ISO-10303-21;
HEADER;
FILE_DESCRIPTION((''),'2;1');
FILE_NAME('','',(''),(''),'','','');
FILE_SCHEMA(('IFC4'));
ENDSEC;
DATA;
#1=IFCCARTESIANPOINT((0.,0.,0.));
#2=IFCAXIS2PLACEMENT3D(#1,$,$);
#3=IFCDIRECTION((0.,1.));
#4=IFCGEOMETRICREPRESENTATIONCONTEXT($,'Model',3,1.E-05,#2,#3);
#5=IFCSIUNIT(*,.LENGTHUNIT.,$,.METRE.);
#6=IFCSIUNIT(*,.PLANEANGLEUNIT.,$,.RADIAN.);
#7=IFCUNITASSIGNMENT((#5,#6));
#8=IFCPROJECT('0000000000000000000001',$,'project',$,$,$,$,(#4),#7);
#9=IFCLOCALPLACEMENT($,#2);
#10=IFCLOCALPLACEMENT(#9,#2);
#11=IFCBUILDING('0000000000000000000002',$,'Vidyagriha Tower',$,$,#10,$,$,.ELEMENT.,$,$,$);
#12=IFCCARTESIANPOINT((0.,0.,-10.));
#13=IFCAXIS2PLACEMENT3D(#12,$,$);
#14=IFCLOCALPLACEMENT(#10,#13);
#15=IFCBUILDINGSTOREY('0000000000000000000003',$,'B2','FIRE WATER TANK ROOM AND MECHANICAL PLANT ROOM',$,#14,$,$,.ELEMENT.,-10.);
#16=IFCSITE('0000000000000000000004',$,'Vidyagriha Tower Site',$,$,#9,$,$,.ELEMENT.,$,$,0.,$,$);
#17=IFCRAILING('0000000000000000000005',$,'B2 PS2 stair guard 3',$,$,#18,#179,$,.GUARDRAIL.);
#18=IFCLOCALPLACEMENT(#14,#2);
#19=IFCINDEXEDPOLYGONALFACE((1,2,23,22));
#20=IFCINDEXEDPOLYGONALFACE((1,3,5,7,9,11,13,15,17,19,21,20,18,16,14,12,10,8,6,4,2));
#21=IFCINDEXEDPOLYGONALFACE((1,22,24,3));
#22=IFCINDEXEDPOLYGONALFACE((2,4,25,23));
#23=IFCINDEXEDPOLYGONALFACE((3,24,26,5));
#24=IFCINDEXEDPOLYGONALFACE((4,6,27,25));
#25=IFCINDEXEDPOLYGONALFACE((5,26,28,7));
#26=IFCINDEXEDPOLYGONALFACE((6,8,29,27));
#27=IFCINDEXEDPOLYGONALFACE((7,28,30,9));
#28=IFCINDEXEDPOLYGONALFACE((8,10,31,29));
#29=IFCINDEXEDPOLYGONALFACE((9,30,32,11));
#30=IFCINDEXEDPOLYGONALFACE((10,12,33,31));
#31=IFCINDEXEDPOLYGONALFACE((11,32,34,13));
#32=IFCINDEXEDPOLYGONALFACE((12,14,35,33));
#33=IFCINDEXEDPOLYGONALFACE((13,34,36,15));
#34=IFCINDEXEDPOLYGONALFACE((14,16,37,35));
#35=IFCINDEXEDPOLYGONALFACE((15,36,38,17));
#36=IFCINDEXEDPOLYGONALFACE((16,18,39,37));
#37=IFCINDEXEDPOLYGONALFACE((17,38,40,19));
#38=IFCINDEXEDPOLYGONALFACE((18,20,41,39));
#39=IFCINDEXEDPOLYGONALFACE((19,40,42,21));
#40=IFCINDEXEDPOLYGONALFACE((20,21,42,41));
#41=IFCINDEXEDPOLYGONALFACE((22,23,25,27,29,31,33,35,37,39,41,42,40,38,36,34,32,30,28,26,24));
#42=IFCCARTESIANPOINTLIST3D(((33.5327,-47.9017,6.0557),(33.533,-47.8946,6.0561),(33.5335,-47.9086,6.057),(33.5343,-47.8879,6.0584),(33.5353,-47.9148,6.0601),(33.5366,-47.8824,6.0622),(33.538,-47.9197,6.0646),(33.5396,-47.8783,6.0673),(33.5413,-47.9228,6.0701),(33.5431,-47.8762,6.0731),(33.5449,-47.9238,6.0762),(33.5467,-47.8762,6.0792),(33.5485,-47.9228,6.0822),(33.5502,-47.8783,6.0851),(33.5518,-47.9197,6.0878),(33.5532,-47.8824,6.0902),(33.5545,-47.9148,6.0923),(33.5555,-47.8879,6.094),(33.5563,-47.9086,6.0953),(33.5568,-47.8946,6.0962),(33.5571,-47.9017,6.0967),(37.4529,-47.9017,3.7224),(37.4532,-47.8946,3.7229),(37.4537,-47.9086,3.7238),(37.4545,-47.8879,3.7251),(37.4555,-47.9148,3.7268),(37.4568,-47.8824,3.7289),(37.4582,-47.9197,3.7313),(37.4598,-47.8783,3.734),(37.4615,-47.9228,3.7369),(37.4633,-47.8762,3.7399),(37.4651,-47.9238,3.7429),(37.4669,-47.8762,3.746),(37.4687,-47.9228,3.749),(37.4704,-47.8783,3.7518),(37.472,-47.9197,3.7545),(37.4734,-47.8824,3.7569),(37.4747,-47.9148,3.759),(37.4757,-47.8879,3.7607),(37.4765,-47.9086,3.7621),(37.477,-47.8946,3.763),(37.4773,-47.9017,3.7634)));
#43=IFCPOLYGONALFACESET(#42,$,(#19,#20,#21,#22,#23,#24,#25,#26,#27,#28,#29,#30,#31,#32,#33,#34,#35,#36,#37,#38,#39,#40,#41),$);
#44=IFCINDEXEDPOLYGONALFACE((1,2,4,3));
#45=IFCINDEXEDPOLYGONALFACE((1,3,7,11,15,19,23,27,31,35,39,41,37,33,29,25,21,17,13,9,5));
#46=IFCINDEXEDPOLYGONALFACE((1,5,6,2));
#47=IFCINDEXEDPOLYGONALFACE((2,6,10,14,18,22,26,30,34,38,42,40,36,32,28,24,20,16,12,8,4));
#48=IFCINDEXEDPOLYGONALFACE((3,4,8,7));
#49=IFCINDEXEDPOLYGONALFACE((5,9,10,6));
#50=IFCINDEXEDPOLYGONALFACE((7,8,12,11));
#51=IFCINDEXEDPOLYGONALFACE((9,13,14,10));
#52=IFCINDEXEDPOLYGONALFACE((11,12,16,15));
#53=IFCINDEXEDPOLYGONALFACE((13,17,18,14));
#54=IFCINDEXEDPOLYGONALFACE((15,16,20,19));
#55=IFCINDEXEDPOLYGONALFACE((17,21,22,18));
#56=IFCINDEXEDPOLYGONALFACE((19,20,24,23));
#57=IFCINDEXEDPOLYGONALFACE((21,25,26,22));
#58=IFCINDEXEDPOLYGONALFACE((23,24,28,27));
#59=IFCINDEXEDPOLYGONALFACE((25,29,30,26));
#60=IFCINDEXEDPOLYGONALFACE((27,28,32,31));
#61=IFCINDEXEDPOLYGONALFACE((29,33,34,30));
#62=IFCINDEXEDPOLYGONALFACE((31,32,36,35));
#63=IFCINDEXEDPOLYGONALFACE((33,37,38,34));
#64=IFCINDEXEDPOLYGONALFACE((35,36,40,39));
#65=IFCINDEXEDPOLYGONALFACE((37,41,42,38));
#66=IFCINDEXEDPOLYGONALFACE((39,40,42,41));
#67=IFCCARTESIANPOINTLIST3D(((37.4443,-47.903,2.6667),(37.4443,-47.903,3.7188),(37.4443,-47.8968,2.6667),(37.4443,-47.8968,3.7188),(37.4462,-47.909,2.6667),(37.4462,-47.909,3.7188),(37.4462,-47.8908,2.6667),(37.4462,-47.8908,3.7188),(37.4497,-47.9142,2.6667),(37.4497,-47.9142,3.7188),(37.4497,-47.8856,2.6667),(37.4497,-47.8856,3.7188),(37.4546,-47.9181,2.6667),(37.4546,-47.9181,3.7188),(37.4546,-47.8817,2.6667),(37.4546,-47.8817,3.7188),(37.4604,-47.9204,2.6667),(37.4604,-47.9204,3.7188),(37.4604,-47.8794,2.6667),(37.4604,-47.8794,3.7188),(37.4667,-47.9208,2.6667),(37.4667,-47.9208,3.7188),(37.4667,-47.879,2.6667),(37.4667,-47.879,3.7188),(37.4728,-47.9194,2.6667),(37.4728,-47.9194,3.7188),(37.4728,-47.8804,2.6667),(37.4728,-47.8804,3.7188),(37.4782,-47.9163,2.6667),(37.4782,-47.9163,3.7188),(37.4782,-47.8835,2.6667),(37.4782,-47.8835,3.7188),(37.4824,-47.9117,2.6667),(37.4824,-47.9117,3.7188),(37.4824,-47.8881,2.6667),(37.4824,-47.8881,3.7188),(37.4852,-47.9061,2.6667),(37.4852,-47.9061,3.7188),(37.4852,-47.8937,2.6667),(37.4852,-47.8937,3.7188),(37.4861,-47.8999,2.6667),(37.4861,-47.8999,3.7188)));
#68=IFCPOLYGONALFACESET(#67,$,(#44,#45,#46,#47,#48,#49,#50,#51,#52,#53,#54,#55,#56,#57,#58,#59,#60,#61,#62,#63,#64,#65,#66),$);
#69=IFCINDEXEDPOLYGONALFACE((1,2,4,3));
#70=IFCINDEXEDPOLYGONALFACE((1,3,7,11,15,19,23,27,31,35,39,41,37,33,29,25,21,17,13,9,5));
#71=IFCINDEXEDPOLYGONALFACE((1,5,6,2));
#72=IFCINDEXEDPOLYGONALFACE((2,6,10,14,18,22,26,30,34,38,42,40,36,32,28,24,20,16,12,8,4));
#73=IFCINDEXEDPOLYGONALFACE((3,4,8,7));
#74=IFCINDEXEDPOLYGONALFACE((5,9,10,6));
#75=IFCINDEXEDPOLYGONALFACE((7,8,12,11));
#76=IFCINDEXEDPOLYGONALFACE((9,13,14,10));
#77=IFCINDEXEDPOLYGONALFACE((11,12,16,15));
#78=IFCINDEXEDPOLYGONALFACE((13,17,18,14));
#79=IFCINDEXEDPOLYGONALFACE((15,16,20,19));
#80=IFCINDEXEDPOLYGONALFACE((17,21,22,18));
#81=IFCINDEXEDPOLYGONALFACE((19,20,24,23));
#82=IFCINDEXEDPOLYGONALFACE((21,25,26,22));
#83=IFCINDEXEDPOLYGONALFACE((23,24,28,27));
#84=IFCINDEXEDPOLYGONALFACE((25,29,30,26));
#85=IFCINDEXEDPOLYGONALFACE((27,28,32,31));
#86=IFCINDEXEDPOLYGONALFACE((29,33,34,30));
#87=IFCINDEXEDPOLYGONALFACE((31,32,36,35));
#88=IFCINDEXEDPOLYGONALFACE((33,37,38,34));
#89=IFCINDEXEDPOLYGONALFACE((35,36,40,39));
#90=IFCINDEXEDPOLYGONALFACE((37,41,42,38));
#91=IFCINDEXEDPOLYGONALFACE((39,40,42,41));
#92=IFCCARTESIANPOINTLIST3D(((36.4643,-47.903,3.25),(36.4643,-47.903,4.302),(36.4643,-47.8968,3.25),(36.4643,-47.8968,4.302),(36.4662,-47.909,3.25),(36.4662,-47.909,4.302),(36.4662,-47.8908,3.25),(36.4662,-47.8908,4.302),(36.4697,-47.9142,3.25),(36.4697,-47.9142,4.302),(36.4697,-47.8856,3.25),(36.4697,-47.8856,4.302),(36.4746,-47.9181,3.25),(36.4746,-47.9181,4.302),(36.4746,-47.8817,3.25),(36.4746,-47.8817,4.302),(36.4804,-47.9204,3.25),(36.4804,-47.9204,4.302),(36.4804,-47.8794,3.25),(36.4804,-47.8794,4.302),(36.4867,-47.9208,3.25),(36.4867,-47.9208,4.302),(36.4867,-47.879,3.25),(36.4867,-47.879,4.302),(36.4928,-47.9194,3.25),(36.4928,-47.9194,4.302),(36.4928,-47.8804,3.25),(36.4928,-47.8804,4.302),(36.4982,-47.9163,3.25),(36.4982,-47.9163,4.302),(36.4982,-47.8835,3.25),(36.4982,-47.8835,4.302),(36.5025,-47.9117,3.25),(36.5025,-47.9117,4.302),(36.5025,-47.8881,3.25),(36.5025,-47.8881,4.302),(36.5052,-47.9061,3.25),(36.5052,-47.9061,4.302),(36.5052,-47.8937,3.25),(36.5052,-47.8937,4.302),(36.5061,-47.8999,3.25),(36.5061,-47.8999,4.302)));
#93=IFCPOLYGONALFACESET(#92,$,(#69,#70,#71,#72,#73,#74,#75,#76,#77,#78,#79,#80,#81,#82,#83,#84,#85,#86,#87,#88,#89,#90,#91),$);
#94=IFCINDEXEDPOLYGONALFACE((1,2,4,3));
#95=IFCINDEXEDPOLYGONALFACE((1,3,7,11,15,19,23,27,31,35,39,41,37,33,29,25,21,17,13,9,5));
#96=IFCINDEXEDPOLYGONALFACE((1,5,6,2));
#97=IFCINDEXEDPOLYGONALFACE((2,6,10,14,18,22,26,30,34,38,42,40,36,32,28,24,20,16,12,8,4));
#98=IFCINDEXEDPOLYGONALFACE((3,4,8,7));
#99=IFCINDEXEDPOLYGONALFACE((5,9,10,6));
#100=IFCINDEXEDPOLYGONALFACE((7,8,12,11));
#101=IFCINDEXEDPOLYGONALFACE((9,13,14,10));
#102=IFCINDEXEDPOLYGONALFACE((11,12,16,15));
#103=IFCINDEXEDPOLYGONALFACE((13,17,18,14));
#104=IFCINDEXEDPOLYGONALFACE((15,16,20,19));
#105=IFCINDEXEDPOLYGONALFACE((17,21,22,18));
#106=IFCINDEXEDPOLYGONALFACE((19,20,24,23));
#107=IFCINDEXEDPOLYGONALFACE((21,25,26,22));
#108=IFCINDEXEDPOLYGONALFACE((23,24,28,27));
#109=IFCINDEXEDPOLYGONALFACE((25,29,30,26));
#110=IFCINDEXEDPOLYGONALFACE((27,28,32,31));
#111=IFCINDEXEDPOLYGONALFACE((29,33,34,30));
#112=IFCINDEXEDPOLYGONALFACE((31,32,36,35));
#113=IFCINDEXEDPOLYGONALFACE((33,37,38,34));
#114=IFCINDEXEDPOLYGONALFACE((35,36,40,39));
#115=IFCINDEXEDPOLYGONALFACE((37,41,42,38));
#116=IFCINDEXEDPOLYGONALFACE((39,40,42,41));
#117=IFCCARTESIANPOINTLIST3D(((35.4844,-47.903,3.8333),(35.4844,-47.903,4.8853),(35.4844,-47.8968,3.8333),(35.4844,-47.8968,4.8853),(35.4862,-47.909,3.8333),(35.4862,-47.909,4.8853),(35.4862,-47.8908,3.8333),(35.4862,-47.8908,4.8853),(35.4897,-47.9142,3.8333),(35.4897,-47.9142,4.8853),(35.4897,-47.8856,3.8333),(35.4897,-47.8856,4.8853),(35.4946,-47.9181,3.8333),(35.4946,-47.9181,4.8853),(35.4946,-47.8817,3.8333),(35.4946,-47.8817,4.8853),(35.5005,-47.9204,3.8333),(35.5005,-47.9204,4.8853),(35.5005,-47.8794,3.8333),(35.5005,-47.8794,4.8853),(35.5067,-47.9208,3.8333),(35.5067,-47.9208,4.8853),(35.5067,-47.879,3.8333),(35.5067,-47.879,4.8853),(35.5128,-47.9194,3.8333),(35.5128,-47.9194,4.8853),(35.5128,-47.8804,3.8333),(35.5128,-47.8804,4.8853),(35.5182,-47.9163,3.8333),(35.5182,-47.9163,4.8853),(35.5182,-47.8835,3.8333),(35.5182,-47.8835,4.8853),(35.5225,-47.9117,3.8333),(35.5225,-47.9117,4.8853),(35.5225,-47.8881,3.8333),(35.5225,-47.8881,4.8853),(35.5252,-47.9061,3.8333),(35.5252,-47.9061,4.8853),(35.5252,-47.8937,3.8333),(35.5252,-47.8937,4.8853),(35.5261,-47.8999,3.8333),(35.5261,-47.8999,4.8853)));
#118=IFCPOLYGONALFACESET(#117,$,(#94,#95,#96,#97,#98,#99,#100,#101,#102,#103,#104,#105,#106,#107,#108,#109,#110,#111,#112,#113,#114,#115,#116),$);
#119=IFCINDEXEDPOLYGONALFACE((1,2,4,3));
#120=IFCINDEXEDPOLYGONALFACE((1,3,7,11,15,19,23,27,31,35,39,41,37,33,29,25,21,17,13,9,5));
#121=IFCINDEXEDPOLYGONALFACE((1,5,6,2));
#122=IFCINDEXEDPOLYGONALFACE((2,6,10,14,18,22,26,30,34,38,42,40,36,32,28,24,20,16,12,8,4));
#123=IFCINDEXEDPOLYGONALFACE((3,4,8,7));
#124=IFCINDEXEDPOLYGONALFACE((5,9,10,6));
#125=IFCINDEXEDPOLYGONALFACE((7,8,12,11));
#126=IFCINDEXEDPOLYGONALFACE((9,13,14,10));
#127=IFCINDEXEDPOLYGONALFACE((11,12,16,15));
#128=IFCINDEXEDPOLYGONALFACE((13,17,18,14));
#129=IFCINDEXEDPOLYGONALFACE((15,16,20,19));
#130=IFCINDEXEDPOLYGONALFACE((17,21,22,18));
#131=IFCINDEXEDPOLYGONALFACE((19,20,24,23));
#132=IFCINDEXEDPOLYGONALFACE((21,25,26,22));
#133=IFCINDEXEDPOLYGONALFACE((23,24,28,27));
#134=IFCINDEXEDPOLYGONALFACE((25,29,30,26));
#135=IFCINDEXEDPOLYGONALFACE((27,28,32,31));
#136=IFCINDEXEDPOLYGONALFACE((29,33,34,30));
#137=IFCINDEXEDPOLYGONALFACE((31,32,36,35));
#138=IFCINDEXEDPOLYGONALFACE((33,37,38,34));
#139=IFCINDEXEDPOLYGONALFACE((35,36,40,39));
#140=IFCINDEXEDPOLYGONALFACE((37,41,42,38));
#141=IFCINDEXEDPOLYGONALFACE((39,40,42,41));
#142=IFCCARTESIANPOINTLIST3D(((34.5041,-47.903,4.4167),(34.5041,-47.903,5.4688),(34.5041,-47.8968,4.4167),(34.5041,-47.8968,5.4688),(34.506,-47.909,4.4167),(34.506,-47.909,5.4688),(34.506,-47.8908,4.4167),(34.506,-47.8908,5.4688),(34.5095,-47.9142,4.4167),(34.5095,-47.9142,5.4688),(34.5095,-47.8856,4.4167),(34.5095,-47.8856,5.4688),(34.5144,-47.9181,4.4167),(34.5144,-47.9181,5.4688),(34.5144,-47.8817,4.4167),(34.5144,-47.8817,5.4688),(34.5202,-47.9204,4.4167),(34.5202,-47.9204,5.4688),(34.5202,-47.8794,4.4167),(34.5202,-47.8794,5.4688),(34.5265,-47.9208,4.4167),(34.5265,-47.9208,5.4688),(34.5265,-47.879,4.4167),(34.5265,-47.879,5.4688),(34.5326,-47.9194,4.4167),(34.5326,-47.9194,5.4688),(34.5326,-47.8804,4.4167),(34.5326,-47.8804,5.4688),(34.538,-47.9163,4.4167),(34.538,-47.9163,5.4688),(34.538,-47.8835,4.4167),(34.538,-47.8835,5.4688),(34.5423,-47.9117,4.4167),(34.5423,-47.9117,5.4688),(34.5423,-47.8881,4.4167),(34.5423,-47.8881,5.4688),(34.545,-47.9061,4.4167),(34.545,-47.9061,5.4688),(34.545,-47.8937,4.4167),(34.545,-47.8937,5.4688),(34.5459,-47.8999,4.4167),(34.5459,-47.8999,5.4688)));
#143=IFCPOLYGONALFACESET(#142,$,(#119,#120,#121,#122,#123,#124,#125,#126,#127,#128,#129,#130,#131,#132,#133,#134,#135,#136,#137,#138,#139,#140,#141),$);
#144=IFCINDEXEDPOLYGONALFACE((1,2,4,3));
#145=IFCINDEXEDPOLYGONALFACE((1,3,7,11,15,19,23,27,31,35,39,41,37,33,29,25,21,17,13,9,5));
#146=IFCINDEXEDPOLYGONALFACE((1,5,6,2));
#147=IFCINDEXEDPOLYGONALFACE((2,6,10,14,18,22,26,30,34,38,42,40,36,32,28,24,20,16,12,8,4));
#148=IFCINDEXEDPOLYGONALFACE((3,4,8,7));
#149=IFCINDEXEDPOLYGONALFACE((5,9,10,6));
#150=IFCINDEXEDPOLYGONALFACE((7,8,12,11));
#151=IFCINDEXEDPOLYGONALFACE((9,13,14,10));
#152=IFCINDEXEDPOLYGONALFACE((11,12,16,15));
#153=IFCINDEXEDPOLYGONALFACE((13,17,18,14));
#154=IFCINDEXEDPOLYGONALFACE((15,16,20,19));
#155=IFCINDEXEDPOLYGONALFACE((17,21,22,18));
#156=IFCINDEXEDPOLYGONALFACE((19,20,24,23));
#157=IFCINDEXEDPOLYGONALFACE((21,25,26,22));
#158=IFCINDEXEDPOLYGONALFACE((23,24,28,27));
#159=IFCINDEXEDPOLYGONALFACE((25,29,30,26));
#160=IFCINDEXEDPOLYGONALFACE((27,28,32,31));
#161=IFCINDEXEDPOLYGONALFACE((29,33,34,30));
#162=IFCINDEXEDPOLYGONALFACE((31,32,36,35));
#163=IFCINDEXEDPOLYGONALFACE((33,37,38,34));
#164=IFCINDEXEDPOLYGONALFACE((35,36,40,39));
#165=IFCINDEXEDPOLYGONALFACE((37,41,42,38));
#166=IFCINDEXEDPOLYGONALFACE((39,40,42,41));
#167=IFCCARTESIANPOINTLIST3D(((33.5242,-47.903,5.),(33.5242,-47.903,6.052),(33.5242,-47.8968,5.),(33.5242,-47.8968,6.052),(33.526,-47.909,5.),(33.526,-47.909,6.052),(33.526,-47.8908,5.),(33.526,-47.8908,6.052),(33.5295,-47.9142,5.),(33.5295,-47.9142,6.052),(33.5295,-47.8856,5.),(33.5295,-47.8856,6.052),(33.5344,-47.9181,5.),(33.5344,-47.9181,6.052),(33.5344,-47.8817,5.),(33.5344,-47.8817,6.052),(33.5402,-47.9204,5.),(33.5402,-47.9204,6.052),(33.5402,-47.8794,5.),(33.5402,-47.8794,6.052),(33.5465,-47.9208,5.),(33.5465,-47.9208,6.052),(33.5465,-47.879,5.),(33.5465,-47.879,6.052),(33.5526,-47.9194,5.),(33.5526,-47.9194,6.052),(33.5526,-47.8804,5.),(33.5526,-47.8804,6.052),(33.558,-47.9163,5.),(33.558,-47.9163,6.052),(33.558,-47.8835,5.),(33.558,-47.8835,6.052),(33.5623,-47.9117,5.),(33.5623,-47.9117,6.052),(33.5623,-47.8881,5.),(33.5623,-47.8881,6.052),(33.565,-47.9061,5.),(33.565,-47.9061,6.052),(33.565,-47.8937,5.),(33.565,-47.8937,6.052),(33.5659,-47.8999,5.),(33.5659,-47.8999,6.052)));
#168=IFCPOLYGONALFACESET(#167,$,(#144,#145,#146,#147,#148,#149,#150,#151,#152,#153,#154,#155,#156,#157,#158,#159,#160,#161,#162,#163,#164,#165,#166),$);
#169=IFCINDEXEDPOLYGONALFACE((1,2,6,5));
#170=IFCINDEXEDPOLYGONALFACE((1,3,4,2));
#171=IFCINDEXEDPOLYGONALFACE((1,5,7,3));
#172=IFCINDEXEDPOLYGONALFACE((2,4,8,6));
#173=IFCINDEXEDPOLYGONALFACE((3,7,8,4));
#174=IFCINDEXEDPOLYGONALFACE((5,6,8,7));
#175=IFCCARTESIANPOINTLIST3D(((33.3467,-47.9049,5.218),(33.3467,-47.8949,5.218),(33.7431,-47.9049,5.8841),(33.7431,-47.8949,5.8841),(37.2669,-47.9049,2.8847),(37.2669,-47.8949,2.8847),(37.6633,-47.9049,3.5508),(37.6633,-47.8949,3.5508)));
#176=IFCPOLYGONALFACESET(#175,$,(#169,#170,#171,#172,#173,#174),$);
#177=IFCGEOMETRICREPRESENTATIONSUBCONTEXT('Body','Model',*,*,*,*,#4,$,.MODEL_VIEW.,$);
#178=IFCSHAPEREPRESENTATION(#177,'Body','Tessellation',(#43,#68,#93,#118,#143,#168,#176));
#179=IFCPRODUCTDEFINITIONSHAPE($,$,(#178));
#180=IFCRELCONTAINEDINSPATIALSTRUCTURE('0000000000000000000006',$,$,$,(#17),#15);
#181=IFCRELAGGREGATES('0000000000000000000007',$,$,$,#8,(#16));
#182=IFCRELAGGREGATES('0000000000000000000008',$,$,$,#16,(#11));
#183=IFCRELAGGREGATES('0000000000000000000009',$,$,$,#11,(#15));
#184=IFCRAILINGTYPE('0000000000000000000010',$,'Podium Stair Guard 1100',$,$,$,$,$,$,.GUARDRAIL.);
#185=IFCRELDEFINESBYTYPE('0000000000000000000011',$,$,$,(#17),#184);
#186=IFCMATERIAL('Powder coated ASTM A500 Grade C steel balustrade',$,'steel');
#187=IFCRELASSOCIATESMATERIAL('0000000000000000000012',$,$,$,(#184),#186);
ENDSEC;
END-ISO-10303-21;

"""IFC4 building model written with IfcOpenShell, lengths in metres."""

from ifc_helpers import new_model, si_unit, direction, frame, origin, origin_2d, place, context, subcontext, project, spatial, rectangle, circle, extrude, material, type_object, element, save


model = new_model("IFC4")

# Units and contexts
model_context = context("Model", 3, precision=1e-05, world=origin(), true_north=direction((0.0, 1.0)))
body_context = subcontext(model_context, "Body", "Model", "MODEL_VIEW")
ifc_project = project(units=[si_unit("LENGTHUNIT", "METRE"), si_unit("PLANEANGLEUNIT", "RADIAN")], contexts=[model_context])

# Site, building, storey
site_placement = place(None, origin())
site = spatial("IfcSite", under=ifc_project, at=site_placement, Name="Vidyagriha Tower Site", CompositionType="ELEMENT", RefElevation=0.0)
building_placement = place(site_placement, origin())
building = spatial("IfcBuilding", under=site, at=building_placement, Name="Vidyagriha Tower", CompositionType="ELEMENT")
storey_placement = place(building_placement, frame((0.0, 0.0, -10.0)))
storey = spatial("IfcBuildingStorey", under=building, at=storey_placement, Name="B2", Description="FIRE WATER TANK ROOM AND MECHANICAL PLANT ROOM", CompositionType="ELEMENT", Elevation=-10.0)

# Railing
ifc_material_1 = material(Name="Powder coated ASTM A500 Grade C steel balustrade", Category="steel")
railing_type_1 = type_object("IfcRailingType", Name="Podium Stair Guard 1100", PredefinedType="GUARDRAIL", material=ifc_material_1)
railing_1_placement = place(storey_placement, frame((37.4651, -47.8999, 2.6667)))
element("IfcRailing", 1, at=railing_1_placement, inside=storey, type_object=railing_type_1, Name="B2 PS2 stair guard 3", PredefinedType="GUARDRAIL", context=body_context, shape_type="SweptSolid", body=[
    extrude(circle(Radius=0.0239, at=origin_2d()), frame((0.0, 0.0, 1.0762), z_axis=(-0.85931, 0.0, 0.511455), x_axis=(0.0, -1.0, 0.0)), (0.0, 0.0, 1.0), 4.562),
    extrude(circle(Radius=0.021, at=origin_2d()), origin(), (0.0, 0.0, 1.0), 1.052),
    extrude(circle(Radius=0.021, at=origin_2d()), frame((-0.98, 0.0, 0.5833)), (0.0, 0.0, 1.0), 1.052),
    extrude(circle(Radius=0.021, at=origin_2d()), frame((-1.96, 0.0, 1.1665)), (0.0, 0.0, 1.0), 1.052),
    extrude(circle(Radius=0.021, at=origin_2d()), frame((-2.9402, 0.0, 1.75)), (0.0, 0.0, 1.0), 1.052),
    extrude(circle(Radius=0.021, at=origin_2d()), frame((-3.9202, 0.0, 2.3333)), (0.0, 0.0, 1.0), 1.052),
    extrude(rectangle(XDim=0.01, YDim=0.7751, at=origin_2d()), frame((0.0, 0.0, 0.551), z_axis=(-0.85931, 0.0, 0.511455), x_axis=(0.0, -1.0, 0.0)), (0.0, 0.0, 1.0), 4.562),
])

save(model, "model.ifc")
